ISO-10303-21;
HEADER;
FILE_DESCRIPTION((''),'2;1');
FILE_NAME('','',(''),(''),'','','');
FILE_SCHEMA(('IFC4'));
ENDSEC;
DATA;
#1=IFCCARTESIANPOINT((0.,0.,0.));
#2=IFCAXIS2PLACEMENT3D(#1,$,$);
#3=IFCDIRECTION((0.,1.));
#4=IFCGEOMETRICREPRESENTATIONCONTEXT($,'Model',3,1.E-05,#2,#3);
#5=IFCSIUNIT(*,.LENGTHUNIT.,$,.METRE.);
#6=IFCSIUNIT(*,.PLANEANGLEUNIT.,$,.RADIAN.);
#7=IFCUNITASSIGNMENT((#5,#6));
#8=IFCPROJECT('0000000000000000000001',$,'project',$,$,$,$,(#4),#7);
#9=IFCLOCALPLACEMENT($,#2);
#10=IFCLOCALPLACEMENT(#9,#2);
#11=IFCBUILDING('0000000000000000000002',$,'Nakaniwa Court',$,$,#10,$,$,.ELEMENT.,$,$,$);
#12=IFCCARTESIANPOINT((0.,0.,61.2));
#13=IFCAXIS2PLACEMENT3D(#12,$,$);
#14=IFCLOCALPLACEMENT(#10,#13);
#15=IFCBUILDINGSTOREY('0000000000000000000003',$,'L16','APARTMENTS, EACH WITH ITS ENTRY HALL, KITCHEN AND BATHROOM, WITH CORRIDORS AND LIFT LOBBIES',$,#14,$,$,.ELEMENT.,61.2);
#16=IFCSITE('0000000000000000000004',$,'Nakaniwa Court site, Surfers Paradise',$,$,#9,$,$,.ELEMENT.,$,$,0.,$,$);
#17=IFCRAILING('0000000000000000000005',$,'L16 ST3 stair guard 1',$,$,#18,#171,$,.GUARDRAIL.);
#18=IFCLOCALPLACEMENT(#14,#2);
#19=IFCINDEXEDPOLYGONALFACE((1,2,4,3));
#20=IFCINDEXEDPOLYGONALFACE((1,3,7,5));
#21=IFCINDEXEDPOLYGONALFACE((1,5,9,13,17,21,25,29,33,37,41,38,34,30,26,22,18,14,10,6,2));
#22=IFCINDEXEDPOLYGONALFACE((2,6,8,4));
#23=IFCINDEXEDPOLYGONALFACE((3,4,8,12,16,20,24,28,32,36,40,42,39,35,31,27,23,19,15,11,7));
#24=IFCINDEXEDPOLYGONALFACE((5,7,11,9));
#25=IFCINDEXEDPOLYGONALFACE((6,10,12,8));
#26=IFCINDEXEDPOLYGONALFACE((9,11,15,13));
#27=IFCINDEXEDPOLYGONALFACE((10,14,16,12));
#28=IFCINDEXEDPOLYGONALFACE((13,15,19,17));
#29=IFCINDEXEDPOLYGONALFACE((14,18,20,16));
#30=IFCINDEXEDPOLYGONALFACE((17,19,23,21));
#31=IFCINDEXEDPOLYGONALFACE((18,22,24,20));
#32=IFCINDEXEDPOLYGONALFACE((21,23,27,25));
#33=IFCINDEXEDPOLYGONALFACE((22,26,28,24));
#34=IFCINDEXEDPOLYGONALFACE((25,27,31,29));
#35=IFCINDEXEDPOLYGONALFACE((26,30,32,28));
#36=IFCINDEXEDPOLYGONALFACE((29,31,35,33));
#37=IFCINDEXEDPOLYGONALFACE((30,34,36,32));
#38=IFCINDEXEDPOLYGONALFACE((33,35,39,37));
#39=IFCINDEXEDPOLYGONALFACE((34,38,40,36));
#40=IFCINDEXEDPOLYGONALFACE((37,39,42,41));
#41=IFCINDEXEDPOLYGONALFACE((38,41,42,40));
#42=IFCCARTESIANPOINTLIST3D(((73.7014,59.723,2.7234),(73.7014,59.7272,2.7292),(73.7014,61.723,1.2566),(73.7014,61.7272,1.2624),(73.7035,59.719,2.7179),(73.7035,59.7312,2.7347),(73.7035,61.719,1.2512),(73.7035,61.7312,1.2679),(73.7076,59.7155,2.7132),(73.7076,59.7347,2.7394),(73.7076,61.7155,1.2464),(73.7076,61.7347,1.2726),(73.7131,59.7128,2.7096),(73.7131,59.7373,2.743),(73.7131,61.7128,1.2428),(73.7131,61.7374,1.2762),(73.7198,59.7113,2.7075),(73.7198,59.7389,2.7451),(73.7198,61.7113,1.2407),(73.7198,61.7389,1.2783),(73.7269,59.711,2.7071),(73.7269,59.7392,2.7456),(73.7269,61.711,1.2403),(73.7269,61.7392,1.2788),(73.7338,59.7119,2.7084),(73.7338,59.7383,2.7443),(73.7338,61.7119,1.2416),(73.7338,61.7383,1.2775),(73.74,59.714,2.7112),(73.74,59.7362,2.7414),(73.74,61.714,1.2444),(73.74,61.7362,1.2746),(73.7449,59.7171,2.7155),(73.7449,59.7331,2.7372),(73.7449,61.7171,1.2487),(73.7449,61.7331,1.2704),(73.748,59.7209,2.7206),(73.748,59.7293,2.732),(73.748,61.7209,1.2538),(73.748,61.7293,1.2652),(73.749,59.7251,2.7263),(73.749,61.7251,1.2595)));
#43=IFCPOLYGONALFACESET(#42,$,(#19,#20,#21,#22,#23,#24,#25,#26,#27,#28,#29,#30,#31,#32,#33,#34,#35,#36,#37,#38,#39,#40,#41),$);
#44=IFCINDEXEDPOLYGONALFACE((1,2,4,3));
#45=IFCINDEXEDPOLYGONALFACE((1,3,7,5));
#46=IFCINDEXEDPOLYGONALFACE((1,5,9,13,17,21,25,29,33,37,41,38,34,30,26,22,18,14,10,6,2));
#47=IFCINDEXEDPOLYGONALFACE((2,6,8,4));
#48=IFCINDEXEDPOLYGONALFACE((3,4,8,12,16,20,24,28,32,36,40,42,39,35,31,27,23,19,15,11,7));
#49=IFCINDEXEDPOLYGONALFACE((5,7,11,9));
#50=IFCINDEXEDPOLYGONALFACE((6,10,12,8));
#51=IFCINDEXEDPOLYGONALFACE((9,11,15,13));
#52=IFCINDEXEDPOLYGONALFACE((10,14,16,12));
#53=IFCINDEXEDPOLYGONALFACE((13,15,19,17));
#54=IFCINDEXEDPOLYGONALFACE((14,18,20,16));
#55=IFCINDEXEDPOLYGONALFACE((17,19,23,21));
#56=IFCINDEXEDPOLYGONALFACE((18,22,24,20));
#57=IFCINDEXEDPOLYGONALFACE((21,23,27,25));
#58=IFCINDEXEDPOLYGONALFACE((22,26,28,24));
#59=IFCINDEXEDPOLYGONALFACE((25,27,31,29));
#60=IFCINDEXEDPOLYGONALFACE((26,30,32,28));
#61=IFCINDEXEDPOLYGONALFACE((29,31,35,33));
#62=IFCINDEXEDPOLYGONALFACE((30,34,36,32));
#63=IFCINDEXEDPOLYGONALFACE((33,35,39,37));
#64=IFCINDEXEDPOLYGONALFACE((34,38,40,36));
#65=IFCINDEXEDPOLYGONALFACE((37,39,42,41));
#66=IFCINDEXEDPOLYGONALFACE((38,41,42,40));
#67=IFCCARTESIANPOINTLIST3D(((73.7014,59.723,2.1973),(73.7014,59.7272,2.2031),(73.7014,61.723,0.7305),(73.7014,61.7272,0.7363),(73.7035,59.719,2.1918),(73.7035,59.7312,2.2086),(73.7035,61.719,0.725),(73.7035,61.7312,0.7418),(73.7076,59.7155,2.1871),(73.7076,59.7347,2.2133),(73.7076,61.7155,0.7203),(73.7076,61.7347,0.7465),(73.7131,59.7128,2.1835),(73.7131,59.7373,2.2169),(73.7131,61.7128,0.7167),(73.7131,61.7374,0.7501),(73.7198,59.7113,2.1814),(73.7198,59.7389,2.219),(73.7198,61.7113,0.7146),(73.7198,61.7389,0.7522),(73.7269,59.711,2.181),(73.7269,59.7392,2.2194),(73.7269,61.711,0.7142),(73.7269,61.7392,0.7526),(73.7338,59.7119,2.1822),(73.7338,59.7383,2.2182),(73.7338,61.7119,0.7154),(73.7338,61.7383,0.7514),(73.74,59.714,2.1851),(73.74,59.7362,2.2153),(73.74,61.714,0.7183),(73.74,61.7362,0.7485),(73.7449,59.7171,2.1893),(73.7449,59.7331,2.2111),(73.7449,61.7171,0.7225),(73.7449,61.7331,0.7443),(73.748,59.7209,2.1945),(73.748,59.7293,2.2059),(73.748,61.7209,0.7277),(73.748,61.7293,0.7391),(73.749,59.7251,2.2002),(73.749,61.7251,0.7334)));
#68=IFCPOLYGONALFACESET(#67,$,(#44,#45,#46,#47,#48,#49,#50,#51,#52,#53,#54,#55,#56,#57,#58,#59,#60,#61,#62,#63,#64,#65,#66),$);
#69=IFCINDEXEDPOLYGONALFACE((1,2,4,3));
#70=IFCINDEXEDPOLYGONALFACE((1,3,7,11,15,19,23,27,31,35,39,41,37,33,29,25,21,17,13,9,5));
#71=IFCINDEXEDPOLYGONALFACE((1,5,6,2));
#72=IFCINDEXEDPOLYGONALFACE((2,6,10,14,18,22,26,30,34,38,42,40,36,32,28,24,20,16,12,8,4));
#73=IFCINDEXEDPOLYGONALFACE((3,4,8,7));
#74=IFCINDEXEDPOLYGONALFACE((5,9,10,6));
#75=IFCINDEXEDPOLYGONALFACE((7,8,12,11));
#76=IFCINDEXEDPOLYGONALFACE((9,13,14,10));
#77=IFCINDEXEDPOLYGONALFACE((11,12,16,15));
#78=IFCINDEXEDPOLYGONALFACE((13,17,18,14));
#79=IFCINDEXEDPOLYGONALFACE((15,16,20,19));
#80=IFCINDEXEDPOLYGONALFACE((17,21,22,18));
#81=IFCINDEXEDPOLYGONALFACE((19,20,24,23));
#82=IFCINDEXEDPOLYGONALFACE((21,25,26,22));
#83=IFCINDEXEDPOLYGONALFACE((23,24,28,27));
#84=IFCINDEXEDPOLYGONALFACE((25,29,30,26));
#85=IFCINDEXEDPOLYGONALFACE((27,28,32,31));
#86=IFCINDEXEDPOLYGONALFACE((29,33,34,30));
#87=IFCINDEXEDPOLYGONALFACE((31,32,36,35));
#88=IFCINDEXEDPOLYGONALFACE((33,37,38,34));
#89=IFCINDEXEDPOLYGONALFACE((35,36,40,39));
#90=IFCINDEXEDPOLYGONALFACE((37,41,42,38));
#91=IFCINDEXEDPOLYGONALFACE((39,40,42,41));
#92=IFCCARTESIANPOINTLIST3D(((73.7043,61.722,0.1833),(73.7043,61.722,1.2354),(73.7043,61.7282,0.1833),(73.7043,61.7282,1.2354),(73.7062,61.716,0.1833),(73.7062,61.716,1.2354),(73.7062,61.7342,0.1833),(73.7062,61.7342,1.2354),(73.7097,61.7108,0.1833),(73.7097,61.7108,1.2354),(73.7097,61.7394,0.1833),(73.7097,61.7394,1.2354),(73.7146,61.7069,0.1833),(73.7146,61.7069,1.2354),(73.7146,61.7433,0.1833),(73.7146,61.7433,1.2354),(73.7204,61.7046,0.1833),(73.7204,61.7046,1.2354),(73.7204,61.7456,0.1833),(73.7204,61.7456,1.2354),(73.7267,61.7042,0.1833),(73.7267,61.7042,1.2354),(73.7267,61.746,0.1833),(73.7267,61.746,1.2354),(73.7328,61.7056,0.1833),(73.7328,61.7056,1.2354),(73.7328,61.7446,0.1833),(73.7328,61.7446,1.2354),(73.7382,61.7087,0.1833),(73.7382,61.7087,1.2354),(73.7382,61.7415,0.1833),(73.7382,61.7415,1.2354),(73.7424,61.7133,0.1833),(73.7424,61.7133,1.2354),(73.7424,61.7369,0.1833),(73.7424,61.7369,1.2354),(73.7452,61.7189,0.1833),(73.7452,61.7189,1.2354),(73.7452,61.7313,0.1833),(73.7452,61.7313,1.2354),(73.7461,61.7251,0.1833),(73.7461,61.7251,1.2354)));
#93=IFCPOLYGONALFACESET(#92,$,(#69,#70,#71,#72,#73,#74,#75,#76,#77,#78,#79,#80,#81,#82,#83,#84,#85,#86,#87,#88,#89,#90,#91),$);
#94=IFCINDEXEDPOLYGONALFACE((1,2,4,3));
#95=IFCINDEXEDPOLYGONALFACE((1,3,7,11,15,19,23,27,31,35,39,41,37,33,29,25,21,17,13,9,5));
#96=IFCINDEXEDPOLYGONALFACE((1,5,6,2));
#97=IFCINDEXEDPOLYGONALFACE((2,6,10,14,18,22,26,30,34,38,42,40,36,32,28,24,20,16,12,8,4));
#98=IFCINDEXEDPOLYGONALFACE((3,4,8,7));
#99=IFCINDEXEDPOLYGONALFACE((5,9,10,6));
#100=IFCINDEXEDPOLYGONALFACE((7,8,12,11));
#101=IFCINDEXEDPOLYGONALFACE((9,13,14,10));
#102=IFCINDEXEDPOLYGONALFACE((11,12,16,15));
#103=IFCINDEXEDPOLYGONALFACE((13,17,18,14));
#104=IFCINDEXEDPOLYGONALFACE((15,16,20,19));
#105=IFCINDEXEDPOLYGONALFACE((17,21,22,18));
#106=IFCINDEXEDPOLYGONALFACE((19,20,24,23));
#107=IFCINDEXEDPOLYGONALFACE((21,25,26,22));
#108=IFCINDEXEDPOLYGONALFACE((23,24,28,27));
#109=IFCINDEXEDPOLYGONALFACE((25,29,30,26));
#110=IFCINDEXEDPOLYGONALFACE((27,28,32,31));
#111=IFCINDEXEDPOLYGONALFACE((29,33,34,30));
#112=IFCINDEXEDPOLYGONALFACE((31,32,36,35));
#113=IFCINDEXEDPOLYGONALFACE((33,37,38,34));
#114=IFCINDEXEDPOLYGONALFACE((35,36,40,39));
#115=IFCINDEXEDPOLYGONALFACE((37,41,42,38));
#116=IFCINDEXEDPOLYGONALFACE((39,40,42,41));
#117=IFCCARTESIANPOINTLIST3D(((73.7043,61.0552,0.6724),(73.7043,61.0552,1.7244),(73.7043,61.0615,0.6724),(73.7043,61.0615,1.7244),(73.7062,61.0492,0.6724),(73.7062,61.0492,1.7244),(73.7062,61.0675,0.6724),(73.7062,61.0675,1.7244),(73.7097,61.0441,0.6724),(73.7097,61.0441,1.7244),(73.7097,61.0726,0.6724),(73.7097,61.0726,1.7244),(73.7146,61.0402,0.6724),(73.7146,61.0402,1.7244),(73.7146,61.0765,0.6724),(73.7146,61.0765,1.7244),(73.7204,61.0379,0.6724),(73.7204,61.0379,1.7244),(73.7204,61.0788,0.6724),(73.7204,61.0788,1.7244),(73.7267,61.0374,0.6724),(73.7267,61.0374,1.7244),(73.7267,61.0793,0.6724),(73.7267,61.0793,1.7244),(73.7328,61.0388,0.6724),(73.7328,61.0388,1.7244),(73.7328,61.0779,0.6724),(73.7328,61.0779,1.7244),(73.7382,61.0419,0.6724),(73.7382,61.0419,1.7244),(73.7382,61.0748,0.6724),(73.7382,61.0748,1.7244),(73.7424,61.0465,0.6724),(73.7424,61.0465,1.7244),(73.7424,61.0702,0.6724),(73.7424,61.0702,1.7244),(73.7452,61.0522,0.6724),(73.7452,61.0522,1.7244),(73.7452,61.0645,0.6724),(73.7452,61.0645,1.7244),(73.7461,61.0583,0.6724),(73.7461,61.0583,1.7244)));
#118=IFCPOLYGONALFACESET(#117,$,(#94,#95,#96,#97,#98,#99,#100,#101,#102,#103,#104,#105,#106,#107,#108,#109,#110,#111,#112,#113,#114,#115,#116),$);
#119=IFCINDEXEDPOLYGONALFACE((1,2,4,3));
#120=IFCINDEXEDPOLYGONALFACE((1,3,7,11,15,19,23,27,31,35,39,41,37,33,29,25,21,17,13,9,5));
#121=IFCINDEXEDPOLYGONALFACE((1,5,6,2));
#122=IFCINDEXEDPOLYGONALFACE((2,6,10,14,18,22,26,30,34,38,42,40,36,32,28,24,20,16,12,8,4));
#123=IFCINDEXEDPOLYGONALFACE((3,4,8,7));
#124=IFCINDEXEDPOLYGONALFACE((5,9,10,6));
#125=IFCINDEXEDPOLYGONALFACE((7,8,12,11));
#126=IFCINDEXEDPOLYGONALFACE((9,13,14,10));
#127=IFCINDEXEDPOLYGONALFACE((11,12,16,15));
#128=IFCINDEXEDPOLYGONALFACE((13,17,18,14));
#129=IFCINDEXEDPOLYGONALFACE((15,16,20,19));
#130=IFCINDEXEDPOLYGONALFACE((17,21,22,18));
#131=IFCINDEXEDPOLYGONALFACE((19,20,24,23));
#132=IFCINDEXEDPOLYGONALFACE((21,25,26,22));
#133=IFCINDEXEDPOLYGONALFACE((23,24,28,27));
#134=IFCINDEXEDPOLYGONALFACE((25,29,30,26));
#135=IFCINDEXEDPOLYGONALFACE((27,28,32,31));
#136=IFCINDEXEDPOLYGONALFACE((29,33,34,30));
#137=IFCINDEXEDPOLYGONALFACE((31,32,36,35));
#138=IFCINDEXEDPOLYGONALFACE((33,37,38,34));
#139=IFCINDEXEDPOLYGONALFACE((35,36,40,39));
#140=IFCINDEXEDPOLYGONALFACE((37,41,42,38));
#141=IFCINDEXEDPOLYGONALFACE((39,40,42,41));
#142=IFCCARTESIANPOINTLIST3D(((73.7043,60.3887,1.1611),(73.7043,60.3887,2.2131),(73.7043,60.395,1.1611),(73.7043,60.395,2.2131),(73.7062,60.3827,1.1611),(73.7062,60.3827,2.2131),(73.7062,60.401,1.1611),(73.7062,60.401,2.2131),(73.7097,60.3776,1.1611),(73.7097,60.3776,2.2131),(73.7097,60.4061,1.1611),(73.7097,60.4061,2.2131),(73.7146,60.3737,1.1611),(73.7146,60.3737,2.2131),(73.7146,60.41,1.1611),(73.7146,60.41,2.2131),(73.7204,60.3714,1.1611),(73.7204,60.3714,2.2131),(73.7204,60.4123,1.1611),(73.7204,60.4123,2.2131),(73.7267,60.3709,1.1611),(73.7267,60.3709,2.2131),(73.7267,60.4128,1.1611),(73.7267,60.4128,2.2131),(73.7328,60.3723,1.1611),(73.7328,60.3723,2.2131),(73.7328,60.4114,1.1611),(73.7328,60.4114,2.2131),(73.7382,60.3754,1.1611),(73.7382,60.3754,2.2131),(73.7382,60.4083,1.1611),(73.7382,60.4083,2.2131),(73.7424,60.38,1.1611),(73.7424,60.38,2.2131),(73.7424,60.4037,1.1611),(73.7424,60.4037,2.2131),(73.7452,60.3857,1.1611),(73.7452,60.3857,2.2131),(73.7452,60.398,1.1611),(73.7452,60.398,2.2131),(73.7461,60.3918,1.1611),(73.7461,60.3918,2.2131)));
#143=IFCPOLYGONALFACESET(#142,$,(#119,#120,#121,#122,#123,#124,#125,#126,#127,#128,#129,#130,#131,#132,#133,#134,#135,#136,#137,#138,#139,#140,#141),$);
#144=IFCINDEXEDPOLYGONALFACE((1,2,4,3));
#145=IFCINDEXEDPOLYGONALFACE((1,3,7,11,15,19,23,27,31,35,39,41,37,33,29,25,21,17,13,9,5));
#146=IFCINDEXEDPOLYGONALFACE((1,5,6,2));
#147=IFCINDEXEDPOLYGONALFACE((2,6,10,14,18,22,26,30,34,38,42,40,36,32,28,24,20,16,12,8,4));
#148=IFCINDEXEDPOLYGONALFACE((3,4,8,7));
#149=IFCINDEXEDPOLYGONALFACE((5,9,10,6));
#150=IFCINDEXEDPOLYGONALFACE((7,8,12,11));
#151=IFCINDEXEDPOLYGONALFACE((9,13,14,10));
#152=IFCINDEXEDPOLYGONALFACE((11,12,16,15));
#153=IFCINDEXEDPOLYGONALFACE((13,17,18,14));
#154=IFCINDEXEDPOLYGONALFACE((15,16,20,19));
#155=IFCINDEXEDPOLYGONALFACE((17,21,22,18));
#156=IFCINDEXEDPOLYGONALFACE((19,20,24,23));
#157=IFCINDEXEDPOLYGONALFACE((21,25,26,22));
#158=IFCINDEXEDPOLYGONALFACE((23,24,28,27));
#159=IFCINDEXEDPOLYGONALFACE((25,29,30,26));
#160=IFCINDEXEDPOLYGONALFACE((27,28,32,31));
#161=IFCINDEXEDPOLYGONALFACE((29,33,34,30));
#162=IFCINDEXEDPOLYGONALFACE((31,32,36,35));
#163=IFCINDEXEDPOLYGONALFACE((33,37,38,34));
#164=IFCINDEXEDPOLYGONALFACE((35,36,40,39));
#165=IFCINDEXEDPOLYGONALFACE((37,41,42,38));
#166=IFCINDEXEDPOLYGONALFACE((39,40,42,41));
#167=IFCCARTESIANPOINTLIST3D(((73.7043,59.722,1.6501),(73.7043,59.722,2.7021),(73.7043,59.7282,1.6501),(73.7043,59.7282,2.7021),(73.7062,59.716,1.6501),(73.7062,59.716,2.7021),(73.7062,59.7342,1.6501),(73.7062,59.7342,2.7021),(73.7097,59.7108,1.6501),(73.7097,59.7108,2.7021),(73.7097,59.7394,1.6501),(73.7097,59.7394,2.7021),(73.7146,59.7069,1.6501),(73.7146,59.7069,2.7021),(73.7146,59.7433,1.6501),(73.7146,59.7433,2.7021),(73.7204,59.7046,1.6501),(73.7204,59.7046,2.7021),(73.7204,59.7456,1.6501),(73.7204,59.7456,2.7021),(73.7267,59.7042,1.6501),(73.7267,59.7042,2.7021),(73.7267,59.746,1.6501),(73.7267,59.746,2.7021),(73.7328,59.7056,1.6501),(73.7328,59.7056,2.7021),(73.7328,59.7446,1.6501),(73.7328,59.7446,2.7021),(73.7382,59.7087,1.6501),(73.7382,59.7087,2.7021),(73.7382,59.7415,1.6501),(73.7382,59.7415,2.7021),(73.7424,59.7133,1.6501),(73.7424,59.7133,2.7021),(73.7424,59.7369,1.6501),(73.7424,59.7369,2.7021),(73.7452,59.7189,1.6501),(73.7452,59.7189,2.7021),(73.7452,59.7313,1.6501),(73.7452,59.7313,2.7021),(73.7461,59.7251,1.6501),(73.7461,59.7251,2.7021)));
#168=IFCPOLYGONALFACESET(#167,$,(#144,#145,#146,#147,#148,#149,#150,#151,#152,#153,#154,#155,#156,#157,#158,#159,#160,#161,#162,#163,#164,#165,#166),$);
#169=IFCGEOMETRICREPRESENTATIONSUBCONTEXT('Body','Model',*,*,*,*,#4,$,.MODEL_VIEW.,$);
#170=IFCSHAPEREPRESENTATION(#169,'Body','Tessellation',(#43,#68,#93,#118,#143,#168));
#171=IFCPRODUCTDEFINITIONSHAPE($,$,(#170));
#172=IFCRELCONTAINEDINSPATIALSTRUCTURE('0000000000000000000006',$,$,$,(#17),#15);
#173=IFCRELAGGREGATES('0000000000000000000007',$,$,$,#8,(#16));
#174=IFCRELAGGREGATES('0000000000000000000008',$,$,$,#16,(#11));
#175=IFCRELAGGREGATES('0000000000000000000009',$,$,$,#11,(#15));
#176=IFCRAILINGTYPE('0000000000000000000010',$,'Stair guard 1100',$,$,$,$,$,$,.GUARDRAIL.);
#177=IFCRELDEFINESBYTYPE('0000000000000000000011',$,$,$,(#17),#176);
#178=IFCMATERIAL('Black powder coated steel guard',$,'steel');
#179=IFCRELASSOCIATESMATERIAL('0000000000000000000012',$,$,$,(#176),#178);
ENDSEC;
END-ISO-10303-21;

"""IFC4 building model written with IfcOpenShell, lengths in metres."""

from ifc_helpers import new_model, si_unit, direction, frame, origin, origin_2d, place, context, subcontext, project, spatial, circle, extrude, material, type_object, element, save


model = new_model("IFC4")

# Units and contexts
model_context = context("Model", 3, precision=1e-05, world=origin(), true_north=direction((0.0, 1.0)))
body_context = subcontext(model_context, "Body", "Model", "MODEL_VIEW")
ifc_project = project(units=[si_unit("LENGTHUNIT", "METRE"), si_unit("PLANEANGLEUNIT", "RADIAN")], contexts=[model_context])

# Site, building, storey
site_placement = place(None, origin())
site = spatial("IfcSite", under=ifc_project, at=site_placement, Name="Nakaniwa Court site, Surfers Paradise", CompositionType="ELEMENT", RefElevation=0.0)
building_placement = place(site_placement, origin())
building = spatial("IfcBuilding", under=site, at=building_placement, Name="Nakaniwa Court", CompositionType="ELEMENT")
storey_placement = place(building_placement, frame((0.0, 0.0, 61.2)))
storey = spatial("IfcBuildingStorey", under=building, at=storey_placement, Name="L16", Description="APARTMENTS, EACH WITH ITS ENTRY HALL, KITCHEN AND BATHROOM, WITH CORRIDORS AND LIFT LOBBIES", CompositionType="ELEMENT", Elevation=61.2)

# Railing
ifc_material_1 = material(Name="Black powder coated steel guard", Category="steel")
railing_type_1 = type_object("IfcRailingType", Name="Stair guard 1100", PredefinedType="GUARDRAIL", material=ifc_material_1)
railing_1_placement = place(storey_placement, frame((73.7251, 61.7251, 0.1833)))
element("IfcRailing", 1, at=railing_1_placement, inside=storey, type_object=railing_type_1, Name="L16 ST3 stair guard 1", PredefinedType="GUARDRAIL", context=body_context, shape_type="SweptSolid", body=[
    extrude(circle(Radius=0.0239, at=origin_2d()), frame((0.0, 0.0, 1.0762), z_axis=(0.0, -0.80638, 0.591398), x_axis=(1.0, 0.0, 0.0)), (0.0, 0.0, 1.0), 2.4802),
    extrude(circle(Radius=0.0239, at=origin_2d()), frame((0.0, 0.0, 0.55), z_axis=(0.0, -0.80638, 0.591398), x_axis=(1.0, 0.0, 0.0)), (0.0, 0.0, 1.0), 2.4802),
    extrude(circle(Radius=0.021, at=origin_2d()), origin(), (0.0, 0.0, 1.0), 1.052),
    extrude(circle(Radius=0.021, at=origin_2d()), frame((0.0, -0.6667, 0.489)), (0.0, 0.0, 1.0), 1.052),
    extrude(circle(Radius=0.021, at=origin_2d()), frame((0.0, -1.3333, 0.9778)), (0.0, 0.0, 1.0), 1.052),
    extrude(circle(Radius=0.021, at=origin_2d()), frame((0.0, -2.0, 1.4668)), (0.0, 0.0, 1.0), 1.052),
])

save(model, "model.ifc")
